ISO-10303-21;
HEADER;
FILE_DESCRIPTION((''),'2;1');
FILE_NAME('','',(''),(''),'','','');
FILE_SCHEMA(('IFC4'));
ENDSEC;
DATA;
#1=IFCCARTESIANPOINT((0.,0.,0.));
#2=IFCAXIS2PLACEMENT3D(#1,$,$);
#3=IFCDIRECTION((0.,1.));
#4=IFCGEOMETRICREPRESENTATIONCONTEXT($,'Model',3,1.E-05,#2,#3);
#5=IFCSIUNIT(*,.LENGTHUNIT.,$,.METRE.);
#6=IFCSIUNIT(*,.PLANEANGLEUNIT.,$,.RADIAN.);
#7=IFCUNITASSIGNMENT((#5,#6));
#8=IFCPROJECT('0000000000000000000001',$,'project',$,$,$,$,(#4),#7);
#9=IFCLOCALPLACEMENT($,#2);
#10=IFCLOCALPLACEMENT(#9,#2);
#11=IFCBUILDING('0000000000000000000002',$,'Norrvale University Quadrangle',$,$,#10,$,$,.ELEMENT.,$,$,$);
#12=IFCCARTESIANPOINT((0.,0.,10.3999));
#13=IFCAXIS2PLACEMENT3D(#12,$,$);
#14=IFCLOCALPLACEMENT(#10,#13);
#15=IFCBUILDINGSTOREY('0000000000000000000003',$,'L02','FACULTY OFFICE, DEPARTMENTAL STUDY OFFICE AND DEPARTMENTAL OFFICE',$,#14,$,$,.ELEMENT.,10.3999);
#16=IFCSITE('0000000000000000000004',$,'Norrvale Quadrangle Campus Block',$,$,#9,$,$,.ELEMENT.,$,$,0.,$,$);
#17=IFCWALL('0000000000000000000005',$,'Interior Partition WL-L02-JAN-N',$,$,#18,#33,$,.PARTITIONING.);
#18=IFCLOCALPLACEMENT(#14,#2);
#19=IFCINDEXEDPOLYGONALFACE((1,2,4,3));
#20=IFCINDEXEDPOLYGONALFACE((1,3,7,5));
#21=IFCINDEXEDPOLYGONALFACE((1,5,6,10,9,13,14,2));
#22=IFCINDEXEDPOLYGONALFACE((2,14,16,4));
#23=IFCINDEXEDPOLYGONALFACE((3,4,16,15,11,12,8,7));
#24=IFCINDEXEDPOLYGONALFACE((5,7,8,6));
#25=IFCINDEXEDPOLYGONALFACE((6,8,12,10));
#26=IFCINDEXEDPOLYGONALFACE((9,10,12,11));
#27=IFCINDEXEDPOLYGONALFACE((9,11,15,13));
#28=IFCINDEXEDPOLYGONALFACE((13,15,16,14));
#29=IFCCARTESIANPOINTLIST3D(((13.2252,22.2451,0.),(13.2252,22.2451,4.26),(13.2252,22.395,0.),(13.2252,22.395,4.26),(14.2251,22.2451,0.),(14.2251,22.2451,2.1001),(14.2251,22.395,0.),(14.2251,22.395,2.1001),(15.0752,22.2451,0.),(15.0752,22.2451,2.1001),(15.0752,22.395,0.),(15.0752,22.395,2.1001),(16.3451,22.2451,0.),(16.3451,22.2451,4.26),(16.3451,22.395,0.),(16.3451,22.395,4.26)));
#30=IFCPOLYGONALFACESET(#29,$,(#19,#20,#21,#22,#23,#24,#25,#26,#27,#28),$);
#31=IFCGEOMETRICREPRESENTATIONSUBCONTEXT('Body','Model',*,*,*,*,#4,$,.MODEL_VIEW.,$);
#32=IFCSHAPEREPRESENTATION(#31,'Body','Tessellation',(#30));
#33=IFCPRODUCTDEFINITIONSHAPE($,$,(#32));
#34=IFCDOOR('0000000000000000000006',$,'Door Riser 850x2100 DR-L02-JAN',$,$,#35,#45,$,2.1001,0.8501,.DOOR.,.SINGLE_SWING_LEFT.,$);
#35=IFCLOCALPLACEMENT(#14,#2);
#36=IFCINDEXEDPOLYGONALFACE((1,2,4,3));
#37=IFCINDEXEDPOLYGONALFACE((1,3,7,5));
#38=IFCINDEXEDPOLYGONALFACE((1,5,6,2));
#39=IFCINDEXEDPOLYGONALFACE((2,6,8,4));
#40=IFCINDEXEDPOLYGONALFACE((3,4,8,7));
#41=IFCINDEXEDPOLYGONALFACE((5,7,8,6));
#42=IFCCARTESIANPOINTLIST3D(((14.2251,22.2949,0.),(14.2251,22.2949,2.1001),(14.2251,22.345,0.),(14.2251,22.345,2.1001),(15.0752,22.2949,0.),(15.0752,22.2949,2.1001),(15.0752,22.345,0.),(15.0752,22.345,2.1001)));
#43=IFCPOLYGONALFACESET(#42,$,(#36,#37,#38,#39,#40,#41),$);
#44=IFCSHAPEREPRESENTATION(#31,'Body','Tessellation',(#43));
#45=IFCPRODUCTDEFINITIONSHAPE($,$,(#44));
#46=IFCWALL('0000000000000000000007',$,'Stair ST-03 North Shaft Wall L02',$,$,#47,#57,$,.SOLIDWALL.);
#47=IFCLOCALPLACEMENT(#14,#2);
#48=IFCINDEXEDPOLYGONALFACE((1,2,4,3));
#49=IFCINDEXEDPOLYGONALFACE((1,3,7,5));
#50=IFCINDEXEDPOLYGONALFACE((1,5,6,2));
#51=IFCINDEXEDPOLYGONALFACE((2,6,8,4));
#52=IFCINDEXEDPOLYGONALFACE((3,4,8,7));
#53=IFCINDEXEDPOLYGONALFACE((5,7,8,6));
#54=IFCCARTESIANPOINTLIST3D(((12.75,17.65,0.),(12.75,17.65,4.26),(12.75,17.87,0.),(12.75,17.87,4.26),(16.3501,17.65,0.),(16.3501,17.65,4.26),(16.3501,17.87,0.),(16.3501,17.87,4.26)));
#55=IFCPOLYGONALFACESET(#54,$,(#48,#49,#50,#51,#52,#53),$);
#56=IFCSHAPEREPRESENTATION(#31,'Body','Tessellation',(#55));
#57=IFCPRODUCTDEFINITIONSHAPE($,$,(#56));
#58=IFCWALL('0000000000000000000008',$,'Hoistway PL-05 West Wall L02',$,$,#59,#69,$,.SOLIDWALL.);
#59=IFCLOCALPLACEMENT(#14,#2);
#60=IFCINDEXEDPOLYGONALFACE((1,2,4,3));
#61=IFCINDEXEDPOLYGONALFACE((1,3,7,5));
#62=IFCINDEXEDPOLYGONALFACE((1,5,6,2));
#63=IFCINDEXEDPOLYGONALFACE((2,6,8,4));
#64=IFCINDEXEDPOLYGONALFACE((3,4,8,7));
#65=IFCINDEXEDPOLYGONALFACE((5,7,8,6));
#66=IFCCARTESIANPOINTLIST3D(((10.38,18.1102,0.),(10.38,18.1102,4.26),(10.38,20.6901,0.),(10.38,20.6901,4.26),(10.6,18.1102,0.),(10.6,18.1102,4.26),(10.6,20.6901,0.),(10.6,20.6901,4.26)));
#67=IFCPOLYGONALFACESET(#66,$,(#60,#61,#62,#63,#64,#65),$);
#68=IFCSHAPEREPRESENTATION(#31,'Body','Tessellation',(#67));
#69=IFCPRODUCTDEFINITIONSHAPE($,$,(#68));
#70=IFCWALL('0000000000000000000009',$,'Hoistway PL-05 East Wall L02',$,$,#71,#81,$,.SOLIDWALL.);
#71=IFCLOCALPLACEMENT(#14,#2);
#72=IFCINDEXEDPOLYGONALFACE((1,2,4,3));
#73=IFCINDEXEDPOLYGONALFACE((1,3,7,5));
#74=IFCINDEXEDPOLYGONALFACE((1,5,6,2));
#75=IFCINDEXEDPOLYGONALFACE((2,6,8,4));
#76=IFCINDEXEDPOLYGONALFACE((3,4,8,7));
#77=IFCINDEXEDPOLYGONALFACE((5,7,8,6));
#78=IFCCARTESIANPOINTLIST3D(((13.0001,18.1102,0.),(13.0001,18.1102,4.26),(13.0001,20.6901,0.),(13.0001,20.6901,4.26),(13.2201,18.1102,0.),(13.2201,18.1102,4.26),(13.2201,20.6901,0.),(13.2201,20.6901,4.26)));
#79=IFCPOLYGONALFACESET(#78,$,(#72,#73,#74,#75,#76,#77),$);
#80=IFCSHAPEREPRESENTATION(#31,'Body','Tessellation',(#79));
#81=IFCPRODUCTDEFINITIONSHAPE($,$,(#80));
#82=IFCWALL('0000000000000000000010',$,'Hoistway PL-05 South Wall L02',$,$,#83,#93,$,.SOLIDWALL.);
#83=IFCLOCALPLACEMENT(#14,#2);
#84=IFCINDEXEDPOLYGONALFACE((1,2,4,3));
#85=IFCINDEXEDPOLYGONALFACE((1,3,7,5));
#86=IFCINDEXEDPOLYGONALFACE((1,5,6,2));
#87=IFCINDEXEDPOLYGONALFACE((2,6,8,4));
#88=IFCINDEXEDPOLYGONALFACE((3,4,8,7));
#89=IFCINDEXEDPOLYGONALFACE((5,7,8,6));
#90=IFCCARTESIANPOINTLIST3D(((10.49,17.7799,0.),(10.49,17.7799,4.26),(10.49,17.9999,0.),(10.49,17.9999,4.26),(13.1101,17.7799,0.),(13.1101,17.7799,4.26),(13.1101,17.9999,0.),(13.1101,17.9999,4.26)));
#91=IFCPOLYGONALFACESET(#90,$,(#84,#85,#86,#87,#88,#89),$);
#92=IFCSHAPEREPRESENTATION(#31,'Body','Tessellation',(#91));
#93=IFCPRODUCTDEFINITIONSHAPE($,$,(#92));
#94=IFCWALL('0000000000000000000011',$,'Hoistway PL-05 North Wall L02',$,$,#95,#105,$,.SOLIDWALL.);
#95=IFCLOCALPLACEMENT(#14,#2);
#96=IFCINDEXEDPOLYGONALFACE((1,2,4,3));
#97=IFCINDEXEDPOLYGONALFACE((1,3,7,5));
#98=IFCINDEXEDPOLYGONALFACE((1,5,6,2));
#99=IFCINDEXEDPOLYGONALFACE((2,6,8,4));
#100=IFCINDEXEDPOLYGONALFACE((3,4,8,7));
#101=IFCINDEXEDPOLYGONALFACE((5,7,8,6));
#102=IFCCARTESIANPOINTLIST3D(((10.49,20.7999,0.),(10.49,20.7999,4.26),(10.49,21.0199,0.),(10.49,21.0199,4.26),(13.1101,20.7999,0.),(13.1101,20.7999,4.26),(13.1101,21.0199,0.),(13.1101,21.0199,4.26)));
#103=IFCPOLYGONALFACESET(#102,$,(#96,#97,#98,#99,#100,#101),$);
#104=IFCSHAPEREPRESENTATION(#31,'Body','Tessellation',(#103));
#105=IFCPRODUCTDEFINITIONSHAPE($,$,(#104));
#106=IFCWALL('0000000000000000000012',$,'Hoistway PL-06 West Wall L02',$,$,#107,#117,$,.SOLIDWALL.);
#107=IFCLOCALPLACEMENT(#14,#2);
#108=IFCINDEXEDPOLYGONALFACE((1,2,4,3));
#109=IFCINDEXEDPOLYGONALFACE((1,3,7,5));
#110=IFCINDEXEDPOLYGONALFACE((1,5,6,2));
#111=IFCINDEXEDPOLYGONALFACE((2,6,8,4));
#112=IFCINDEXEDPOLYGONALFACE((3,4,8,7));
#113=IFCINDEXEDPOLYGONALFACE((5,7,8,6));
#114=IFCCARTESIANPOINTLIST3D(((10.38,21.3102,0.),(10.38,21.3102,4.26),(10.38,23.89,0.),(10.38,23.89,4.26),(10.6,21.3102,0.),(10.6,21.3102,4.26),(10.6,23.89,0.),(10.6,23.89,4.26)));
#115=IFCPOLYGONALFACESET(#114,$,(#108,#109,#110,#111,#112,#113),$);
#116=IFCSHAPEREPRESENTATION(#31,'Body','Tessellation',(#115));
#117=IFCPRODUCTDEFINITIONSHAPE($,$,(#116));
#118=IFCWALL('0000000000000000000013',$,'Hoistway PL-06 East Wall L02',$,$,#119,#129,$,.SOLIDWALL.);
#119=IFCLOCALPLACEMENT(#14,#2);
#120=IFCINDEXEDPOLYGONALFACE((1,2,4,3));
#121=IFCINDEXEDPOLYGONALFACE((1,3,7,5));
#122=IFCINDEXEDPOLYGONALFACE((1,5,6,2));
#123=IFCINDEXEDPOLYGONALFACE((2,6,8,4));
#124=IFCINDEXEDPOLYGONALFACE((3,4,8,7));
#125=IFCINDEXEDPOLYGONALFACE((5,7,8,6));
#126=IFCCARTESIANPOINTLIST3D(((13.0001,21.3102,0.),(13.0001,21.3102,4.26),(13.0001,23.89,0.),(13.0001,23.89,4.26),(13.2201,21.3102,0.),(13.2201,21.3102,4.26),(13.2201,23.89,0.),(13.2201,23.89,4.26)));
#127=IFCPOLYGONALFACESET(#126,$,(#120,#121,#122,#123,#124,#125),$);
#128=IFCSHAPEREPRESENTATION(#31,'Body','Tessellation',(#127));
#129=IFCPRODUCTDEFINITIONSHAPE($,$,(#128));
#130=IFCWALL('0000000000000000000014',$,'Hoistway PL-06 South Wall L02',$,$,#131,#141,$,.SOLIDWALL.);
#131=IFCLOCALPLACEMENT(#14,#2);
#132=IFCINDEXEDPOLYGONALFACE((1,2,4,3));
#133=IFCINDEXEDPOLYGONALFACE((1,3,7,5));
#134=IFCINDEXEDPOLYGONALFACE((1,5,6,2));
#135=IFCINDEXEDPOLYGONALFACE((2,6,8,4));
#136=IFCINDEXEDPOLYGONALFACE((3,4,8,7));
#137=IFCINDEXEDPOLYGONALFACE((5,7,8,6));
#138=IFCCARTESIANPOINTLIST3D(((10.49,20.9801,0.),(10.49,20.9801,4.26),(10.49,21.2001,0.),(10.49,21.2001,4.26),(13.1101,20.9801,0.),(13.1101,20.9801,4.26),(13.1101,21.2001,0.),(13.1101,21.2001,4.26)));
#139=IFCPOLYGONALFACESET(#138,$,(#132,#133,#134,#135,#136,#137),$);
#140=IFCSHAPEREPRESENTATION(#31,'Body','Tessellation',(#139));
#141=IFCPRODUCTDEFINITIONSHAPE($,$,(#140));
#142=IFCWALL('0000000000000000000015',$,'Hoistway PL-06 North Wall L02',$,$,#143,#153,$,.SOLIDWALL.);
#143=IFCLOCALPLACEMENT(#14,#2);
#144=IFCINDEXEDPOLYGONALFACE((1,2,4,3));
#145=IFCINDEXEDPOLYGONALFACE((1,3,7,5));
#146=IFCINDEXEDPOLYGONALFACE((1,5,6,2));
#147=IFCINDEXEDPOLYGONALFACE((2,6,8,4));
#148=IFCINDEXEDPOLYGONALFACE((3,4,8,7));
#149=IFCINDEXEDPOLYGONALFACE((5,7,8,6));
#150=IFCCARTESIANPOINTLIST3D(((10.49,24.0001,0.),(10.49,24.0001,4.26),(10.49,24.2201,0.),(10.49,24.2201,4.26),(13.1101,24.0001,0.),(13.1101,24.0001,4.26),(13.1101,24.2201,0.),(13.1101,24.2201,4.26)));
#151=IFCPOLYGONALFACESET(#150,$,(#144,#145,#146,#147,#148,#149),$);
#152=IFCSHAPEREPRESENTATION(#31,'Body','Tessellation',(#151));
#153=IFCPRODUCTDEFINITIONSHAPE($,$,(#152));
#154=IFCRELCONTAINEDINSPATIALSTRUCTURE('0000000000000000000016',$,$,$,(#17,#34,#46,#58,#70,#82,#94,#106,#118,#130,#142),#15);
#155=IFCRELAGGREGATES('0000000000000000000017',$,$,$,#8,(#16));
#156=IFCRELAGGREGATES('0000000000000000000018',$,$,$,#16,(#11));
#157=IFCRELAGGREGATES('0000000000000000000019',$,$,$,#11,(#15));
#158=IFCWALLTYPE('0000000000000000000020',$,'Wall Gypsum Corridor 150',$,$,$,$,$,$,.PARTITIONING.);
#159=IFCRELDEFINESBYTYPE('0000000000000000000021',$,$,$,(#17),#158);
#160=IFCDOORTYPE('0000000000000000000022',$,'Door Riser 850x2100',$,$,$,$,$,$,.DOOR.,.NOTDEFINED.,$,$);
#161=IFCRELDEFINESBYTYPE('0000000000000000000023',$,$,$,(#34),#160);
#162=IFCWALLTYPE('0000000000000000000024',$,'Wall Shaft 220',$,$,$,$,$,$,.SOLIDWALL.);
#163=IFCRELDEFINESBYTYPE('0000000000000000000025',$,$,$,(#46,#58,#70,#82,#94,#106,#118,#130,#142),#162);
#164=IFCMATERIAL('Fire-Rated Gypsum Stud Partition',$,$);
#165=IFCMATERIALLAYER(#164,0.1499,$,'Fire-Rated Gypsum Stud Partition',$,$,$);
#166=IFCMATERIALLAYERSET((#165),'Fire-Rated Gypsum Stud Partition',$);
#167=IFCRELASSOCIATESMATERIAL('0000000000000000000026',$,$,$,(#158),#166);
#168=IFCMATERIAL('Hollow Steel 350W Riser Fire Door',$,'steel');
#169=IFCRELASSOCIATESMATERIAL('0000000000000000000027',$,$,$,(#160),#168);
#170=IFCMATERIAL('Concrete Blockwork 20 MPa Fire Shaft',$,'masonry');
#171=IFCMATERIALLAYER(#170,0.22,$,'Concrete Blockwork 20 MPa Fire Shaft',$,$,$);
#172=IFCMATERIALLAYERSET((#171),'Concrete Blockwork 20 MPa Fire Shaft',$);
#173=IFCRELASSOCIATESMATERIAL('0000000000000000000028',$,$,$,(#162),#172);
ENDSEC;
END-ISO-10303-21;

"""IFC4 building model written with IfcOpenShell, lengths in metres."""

from ifc_helpers import new_model, si_unit, direction, frame, frame_2d, origin, place, context, subcontext, project, spatial, rectangle, extrude, material, layer, layer_set, type_object, element, fill, save


model = new_model("IFC4")

# Units and contexts
model_context = context("Model", 3, precision=1e-05, world=origin(), true_north=direction((0.0, 1.0)))
body_context = subcontext(model_context, "Body", "Model", "MODEL_VIEW")
ifc_project = project(units=[si_unit("LENGTHUNIT", "METRE"), si_unit("PLANEANGLEUNIT", "RADIAN")], contexts=[model_context])

# Site, building, storey
site_placement = place(None, origin())
site = spatial("IfcSite", under=ifc_project, at=site_placement, Name="Norrvale Quadrangle Campus Block", CompositionType="ELEMENT", RefElevation=0.0)
building_placement = place(site_placement, origin())
building = spatial("IfcBuilding", under=site, at=building_placement, Name="Norrvale University Quadrangle", CompositionType="ELEMENT")
storey_placement = place(building_placement, frame((0.0, 0.0, 10.3999)))
storey = spatial("IfcBuildingStorey", under=building, at=storey_placement, Name="L02", Description="FACULTY OFFICE, DEPARTMENTAL STUDY OFFICE AND DEPARTMENTAL OFFICE", CompositionType="ELEMENT", Elevation=10.3999)

# Shared definitions
ifc_material_1 = material(Name="Fire-Rated Gypsum Stud Partition")
ifc_layer_1 = layer(ifc_material_1, 0.1499, Name="Fire-Rated Gypsum Stud Partition")
ifc_layer_set_1 = layer_set([ifc_layer_1], Name="Fire-Rated Gypsum Stud Partition")
wall_type_1 = type_object("IfcWallType", Name="Wall Gypsum Corridor 150", PredefinedType="PARTITIONING", material=ifc_layer_set_1)
ifc_material_2 = material(Name="Hollow Steel 350W Riser Fire Door", Category="steel")
door_type = type_object("IfcDoorType", Name="Door Riser 850x2100", OperationType="NOTDEFINED", PredefinedType="DOOR", material=ifc_material_2)

# Wall, opening, door
wall_1_placement = place(storey_placement, frame((13.2251, 22.3201, 0.0), z_axis=(0.0, 0.0, 1.0), x_axis=(1.0, 0.0, 0.0)))
wall_1 = element("IfcWall", 1, at=wall_1_placement, inside=storey, type_object=wall_type_1, Name="Interior Partition WL-L02-JAN-N", PredefinedType="PARTITIONING", context=body_context, shape_type="SweptSolid", body=[
    extrude(rectangle(XDim=3.1199, YDim=0.1499, at=frame_2d((1.5601, 0.0))), origin(), (0.0, 0.0, 1.0), 4.26),
])
opening_1_placement = place(wall_1_placement, frame((1.0, 0.0, 0.0)))
opening_1 = element("IfcOpeningElement", 2, at=opening_1_placement, cuts=wall_1, PredefinedType="OPENING", context=body_context, shape_type="SweptSolid", body=[
    extrude(rectangle(XDim=0.8501, YDim=2.1001, at=frame_2d((0.425, 1.05))), frame((0.0, 0.0869, 0.0), z_axis=(0.0, -1.0, 0.0), x_axis=(1.0, 0.0, 0.0)), (0.0, 0.0, 1.0), 0.1738),
])
door_1_placement = place(opening_1_placement, origin())
door_1 = element("IfcDoor", 3, at=door_1_placement, inside=storey, type_object=door_type, Name="Door Riser 850x2100 DR-L02-JAN", OperationType="SINGLE_SWING_LEFT", OverallHeight=2.1001, OverallWidth=0.8501, PredefinedType="DOOR", context=body_context, shape_type="SweptSolid", body=[
    extrude(rectangle(XDim=0.8501, YDim=2.1001, at=frame_2d((0.425, 1.05))), frame((0.0, 0.0249, 0.0), z_axis=(0.0, -1.0, 0.0), x_axis=(1.0, 0.0, 0.0)), (0.0, 0.0, 1.0), 0.05),
])
fill(opening_1, door_1)

# Walls
ifc_material_3 = material(Name="Concrete Blockwork 20 MPa Fire Shaft", Category="masonry")
ifc_layer_2 = layer(ifc_material_3, 0.22, Name="Concrete Blockwork 20 MPa Fire Shaft")
ifc_layer_set_2 = layer_set([ifc_layer_2], Name="Concrete Blockwork 20 MPa Fire Shaft")
wall_type_2 = type_object("IfcWallType", Name="Wall Shaft 220", PredefinedType="SOLIDWALL", material=ifc_layer_set_2)
wall_2_placement = place(storey_placement, frame((12.75, 17.76, 0.0), z_axis=(0.0, 0.0, 1.0), x_axis=(1.0, 0.0, 0.0)))
element("IfcWall", 4, at=wall_2_placement, inside=storey, type_object=wall_type_2, Name="Stair ST-03 North Shaft Wall L02", PredefinedType="SOLIDWALL", context=body_context, shape_type="SweptSolid", body=[
    extrude(rectangle(XDim=3.6001, YDim=0.22, at=frame_2d((1.8, 0.0))), origin(), (0.0, 0.0, 1.0), 4.26),
])
for number, where, z_axis, x_axis, name in (
    (5, (10.49, 18.1101, 0.0), (0.0, 0.0, 1.0), (0.0, 1.0, 0.0), "Hoistway PL-05 West Wall L02"),
    (6, (13.1101, 18.1101, 0.0), (0.0, 0.0, 1.0), (0.0, 1.0, 0.0), "Hoistway PL-05 East Wall L02"),
):
    element("IfcWall", number, at=place(storey_placement, frame(where, z_axis=z_axis, x_axis=x_axis)), inside=storey, type_object=wall_type_2, Name=name, PredefinedType="SOLIDWALL", context=body_context, shape_type="SweptSolid", body=[
        extrude(rectangle(XDim=2.5798, YDim=0.22, at=frame_2d((1.29, 0.0))), origin(), (0.0, 0.0, 1.0), 4.26),
    ])
for number, where, z_axis, x_axis, name in (
    (7, (10.49, 17.8899, 0.0), (0.0, 0.0, 1.0), (1.0, 0.0, 0.0), "Hoistway PL-05 South Wall L02"),
    (8, (10.49, 20.9099, 0.0), (0.0, 0.0, 1.0), (1.0, 0.0, 0.0), "Hoistway PL-05 North Wall L02"),
):
    element("IfcWall", number, at=place(storey_placement, frame(where, z_axis=z_axis, x_axis=x_axis)), inside=storey, type_object=wall_type_2, Name=name, PredefinedType="SOLIDWALL", context=body_context, shape_type="SweptSolid", body=[
        extrude(rectangle(XDim=2.6201, YDim=0.22, at=frame_2d((1.3101, 0.0))), origin(), (0.0, 0.0, 1.0), 4.26),
    ])
for number, where, z_axis, x_axis, name in (
    (9, (10.49, 21.3101, 0.0), (0.0, 0.0, 1.0), (0.0, 1.0, 0.0), "Hoistway PL-06 West Wall L02"),
    (10, (13.1101, 21.3101, 0.0), (0.0, 0.0, 1.0), (0.0, 1.0, 0.0), "Hoistway PL-06 East Wall L02"),
):
    element("IfcWall", number, at=place(storey_placement, frame(where, z_axis=z_axis, x_axis=x_axis)), inside=storey, type_object=wall_type_2, Name=name, PredefinedType="SOLIDWALL", context=body_context, shape_type="SweptSolid", body=[
        extrude(rectangle(XDim=2.5798, YDim=0.22, at=frame_2d((1.29, 0.0))), origin(), (0.0, 0.0, 1.0), 4.26),
    ])
for number, where, z_axis, x_axis, name in (
    (11, (10.49, 21.0901, 0.0), (0.0, 0.0, 1.0), (1.0, 0.0, 0.0), "Hoistway PL-06 South Wall L02"),
    (12, (10.49, 24.1101, 0.0), (0.0, 0.0, 1.0), (1.0, 0.0, 0.0), "Hoistway PL-06 North Wall L02"),
):
    element("IfcWall", number, at=place(storey_placement, frame(where, z_axis=z_axis, x_axis=x_axis)), inside=storey, type_object=wall_type_2, Name=name, PredefinedType="SOLIDWALL", context=body_context, shape_type="SweptSolid", body=[
        extrude(rectangle(XDim=2.6201, YDim=0.22, at=frame_2d((1.3101, 0.0))), origin(), (0.0, 0.0, 1.0), 4.26),
    ])

save(model, "model.ifc")
